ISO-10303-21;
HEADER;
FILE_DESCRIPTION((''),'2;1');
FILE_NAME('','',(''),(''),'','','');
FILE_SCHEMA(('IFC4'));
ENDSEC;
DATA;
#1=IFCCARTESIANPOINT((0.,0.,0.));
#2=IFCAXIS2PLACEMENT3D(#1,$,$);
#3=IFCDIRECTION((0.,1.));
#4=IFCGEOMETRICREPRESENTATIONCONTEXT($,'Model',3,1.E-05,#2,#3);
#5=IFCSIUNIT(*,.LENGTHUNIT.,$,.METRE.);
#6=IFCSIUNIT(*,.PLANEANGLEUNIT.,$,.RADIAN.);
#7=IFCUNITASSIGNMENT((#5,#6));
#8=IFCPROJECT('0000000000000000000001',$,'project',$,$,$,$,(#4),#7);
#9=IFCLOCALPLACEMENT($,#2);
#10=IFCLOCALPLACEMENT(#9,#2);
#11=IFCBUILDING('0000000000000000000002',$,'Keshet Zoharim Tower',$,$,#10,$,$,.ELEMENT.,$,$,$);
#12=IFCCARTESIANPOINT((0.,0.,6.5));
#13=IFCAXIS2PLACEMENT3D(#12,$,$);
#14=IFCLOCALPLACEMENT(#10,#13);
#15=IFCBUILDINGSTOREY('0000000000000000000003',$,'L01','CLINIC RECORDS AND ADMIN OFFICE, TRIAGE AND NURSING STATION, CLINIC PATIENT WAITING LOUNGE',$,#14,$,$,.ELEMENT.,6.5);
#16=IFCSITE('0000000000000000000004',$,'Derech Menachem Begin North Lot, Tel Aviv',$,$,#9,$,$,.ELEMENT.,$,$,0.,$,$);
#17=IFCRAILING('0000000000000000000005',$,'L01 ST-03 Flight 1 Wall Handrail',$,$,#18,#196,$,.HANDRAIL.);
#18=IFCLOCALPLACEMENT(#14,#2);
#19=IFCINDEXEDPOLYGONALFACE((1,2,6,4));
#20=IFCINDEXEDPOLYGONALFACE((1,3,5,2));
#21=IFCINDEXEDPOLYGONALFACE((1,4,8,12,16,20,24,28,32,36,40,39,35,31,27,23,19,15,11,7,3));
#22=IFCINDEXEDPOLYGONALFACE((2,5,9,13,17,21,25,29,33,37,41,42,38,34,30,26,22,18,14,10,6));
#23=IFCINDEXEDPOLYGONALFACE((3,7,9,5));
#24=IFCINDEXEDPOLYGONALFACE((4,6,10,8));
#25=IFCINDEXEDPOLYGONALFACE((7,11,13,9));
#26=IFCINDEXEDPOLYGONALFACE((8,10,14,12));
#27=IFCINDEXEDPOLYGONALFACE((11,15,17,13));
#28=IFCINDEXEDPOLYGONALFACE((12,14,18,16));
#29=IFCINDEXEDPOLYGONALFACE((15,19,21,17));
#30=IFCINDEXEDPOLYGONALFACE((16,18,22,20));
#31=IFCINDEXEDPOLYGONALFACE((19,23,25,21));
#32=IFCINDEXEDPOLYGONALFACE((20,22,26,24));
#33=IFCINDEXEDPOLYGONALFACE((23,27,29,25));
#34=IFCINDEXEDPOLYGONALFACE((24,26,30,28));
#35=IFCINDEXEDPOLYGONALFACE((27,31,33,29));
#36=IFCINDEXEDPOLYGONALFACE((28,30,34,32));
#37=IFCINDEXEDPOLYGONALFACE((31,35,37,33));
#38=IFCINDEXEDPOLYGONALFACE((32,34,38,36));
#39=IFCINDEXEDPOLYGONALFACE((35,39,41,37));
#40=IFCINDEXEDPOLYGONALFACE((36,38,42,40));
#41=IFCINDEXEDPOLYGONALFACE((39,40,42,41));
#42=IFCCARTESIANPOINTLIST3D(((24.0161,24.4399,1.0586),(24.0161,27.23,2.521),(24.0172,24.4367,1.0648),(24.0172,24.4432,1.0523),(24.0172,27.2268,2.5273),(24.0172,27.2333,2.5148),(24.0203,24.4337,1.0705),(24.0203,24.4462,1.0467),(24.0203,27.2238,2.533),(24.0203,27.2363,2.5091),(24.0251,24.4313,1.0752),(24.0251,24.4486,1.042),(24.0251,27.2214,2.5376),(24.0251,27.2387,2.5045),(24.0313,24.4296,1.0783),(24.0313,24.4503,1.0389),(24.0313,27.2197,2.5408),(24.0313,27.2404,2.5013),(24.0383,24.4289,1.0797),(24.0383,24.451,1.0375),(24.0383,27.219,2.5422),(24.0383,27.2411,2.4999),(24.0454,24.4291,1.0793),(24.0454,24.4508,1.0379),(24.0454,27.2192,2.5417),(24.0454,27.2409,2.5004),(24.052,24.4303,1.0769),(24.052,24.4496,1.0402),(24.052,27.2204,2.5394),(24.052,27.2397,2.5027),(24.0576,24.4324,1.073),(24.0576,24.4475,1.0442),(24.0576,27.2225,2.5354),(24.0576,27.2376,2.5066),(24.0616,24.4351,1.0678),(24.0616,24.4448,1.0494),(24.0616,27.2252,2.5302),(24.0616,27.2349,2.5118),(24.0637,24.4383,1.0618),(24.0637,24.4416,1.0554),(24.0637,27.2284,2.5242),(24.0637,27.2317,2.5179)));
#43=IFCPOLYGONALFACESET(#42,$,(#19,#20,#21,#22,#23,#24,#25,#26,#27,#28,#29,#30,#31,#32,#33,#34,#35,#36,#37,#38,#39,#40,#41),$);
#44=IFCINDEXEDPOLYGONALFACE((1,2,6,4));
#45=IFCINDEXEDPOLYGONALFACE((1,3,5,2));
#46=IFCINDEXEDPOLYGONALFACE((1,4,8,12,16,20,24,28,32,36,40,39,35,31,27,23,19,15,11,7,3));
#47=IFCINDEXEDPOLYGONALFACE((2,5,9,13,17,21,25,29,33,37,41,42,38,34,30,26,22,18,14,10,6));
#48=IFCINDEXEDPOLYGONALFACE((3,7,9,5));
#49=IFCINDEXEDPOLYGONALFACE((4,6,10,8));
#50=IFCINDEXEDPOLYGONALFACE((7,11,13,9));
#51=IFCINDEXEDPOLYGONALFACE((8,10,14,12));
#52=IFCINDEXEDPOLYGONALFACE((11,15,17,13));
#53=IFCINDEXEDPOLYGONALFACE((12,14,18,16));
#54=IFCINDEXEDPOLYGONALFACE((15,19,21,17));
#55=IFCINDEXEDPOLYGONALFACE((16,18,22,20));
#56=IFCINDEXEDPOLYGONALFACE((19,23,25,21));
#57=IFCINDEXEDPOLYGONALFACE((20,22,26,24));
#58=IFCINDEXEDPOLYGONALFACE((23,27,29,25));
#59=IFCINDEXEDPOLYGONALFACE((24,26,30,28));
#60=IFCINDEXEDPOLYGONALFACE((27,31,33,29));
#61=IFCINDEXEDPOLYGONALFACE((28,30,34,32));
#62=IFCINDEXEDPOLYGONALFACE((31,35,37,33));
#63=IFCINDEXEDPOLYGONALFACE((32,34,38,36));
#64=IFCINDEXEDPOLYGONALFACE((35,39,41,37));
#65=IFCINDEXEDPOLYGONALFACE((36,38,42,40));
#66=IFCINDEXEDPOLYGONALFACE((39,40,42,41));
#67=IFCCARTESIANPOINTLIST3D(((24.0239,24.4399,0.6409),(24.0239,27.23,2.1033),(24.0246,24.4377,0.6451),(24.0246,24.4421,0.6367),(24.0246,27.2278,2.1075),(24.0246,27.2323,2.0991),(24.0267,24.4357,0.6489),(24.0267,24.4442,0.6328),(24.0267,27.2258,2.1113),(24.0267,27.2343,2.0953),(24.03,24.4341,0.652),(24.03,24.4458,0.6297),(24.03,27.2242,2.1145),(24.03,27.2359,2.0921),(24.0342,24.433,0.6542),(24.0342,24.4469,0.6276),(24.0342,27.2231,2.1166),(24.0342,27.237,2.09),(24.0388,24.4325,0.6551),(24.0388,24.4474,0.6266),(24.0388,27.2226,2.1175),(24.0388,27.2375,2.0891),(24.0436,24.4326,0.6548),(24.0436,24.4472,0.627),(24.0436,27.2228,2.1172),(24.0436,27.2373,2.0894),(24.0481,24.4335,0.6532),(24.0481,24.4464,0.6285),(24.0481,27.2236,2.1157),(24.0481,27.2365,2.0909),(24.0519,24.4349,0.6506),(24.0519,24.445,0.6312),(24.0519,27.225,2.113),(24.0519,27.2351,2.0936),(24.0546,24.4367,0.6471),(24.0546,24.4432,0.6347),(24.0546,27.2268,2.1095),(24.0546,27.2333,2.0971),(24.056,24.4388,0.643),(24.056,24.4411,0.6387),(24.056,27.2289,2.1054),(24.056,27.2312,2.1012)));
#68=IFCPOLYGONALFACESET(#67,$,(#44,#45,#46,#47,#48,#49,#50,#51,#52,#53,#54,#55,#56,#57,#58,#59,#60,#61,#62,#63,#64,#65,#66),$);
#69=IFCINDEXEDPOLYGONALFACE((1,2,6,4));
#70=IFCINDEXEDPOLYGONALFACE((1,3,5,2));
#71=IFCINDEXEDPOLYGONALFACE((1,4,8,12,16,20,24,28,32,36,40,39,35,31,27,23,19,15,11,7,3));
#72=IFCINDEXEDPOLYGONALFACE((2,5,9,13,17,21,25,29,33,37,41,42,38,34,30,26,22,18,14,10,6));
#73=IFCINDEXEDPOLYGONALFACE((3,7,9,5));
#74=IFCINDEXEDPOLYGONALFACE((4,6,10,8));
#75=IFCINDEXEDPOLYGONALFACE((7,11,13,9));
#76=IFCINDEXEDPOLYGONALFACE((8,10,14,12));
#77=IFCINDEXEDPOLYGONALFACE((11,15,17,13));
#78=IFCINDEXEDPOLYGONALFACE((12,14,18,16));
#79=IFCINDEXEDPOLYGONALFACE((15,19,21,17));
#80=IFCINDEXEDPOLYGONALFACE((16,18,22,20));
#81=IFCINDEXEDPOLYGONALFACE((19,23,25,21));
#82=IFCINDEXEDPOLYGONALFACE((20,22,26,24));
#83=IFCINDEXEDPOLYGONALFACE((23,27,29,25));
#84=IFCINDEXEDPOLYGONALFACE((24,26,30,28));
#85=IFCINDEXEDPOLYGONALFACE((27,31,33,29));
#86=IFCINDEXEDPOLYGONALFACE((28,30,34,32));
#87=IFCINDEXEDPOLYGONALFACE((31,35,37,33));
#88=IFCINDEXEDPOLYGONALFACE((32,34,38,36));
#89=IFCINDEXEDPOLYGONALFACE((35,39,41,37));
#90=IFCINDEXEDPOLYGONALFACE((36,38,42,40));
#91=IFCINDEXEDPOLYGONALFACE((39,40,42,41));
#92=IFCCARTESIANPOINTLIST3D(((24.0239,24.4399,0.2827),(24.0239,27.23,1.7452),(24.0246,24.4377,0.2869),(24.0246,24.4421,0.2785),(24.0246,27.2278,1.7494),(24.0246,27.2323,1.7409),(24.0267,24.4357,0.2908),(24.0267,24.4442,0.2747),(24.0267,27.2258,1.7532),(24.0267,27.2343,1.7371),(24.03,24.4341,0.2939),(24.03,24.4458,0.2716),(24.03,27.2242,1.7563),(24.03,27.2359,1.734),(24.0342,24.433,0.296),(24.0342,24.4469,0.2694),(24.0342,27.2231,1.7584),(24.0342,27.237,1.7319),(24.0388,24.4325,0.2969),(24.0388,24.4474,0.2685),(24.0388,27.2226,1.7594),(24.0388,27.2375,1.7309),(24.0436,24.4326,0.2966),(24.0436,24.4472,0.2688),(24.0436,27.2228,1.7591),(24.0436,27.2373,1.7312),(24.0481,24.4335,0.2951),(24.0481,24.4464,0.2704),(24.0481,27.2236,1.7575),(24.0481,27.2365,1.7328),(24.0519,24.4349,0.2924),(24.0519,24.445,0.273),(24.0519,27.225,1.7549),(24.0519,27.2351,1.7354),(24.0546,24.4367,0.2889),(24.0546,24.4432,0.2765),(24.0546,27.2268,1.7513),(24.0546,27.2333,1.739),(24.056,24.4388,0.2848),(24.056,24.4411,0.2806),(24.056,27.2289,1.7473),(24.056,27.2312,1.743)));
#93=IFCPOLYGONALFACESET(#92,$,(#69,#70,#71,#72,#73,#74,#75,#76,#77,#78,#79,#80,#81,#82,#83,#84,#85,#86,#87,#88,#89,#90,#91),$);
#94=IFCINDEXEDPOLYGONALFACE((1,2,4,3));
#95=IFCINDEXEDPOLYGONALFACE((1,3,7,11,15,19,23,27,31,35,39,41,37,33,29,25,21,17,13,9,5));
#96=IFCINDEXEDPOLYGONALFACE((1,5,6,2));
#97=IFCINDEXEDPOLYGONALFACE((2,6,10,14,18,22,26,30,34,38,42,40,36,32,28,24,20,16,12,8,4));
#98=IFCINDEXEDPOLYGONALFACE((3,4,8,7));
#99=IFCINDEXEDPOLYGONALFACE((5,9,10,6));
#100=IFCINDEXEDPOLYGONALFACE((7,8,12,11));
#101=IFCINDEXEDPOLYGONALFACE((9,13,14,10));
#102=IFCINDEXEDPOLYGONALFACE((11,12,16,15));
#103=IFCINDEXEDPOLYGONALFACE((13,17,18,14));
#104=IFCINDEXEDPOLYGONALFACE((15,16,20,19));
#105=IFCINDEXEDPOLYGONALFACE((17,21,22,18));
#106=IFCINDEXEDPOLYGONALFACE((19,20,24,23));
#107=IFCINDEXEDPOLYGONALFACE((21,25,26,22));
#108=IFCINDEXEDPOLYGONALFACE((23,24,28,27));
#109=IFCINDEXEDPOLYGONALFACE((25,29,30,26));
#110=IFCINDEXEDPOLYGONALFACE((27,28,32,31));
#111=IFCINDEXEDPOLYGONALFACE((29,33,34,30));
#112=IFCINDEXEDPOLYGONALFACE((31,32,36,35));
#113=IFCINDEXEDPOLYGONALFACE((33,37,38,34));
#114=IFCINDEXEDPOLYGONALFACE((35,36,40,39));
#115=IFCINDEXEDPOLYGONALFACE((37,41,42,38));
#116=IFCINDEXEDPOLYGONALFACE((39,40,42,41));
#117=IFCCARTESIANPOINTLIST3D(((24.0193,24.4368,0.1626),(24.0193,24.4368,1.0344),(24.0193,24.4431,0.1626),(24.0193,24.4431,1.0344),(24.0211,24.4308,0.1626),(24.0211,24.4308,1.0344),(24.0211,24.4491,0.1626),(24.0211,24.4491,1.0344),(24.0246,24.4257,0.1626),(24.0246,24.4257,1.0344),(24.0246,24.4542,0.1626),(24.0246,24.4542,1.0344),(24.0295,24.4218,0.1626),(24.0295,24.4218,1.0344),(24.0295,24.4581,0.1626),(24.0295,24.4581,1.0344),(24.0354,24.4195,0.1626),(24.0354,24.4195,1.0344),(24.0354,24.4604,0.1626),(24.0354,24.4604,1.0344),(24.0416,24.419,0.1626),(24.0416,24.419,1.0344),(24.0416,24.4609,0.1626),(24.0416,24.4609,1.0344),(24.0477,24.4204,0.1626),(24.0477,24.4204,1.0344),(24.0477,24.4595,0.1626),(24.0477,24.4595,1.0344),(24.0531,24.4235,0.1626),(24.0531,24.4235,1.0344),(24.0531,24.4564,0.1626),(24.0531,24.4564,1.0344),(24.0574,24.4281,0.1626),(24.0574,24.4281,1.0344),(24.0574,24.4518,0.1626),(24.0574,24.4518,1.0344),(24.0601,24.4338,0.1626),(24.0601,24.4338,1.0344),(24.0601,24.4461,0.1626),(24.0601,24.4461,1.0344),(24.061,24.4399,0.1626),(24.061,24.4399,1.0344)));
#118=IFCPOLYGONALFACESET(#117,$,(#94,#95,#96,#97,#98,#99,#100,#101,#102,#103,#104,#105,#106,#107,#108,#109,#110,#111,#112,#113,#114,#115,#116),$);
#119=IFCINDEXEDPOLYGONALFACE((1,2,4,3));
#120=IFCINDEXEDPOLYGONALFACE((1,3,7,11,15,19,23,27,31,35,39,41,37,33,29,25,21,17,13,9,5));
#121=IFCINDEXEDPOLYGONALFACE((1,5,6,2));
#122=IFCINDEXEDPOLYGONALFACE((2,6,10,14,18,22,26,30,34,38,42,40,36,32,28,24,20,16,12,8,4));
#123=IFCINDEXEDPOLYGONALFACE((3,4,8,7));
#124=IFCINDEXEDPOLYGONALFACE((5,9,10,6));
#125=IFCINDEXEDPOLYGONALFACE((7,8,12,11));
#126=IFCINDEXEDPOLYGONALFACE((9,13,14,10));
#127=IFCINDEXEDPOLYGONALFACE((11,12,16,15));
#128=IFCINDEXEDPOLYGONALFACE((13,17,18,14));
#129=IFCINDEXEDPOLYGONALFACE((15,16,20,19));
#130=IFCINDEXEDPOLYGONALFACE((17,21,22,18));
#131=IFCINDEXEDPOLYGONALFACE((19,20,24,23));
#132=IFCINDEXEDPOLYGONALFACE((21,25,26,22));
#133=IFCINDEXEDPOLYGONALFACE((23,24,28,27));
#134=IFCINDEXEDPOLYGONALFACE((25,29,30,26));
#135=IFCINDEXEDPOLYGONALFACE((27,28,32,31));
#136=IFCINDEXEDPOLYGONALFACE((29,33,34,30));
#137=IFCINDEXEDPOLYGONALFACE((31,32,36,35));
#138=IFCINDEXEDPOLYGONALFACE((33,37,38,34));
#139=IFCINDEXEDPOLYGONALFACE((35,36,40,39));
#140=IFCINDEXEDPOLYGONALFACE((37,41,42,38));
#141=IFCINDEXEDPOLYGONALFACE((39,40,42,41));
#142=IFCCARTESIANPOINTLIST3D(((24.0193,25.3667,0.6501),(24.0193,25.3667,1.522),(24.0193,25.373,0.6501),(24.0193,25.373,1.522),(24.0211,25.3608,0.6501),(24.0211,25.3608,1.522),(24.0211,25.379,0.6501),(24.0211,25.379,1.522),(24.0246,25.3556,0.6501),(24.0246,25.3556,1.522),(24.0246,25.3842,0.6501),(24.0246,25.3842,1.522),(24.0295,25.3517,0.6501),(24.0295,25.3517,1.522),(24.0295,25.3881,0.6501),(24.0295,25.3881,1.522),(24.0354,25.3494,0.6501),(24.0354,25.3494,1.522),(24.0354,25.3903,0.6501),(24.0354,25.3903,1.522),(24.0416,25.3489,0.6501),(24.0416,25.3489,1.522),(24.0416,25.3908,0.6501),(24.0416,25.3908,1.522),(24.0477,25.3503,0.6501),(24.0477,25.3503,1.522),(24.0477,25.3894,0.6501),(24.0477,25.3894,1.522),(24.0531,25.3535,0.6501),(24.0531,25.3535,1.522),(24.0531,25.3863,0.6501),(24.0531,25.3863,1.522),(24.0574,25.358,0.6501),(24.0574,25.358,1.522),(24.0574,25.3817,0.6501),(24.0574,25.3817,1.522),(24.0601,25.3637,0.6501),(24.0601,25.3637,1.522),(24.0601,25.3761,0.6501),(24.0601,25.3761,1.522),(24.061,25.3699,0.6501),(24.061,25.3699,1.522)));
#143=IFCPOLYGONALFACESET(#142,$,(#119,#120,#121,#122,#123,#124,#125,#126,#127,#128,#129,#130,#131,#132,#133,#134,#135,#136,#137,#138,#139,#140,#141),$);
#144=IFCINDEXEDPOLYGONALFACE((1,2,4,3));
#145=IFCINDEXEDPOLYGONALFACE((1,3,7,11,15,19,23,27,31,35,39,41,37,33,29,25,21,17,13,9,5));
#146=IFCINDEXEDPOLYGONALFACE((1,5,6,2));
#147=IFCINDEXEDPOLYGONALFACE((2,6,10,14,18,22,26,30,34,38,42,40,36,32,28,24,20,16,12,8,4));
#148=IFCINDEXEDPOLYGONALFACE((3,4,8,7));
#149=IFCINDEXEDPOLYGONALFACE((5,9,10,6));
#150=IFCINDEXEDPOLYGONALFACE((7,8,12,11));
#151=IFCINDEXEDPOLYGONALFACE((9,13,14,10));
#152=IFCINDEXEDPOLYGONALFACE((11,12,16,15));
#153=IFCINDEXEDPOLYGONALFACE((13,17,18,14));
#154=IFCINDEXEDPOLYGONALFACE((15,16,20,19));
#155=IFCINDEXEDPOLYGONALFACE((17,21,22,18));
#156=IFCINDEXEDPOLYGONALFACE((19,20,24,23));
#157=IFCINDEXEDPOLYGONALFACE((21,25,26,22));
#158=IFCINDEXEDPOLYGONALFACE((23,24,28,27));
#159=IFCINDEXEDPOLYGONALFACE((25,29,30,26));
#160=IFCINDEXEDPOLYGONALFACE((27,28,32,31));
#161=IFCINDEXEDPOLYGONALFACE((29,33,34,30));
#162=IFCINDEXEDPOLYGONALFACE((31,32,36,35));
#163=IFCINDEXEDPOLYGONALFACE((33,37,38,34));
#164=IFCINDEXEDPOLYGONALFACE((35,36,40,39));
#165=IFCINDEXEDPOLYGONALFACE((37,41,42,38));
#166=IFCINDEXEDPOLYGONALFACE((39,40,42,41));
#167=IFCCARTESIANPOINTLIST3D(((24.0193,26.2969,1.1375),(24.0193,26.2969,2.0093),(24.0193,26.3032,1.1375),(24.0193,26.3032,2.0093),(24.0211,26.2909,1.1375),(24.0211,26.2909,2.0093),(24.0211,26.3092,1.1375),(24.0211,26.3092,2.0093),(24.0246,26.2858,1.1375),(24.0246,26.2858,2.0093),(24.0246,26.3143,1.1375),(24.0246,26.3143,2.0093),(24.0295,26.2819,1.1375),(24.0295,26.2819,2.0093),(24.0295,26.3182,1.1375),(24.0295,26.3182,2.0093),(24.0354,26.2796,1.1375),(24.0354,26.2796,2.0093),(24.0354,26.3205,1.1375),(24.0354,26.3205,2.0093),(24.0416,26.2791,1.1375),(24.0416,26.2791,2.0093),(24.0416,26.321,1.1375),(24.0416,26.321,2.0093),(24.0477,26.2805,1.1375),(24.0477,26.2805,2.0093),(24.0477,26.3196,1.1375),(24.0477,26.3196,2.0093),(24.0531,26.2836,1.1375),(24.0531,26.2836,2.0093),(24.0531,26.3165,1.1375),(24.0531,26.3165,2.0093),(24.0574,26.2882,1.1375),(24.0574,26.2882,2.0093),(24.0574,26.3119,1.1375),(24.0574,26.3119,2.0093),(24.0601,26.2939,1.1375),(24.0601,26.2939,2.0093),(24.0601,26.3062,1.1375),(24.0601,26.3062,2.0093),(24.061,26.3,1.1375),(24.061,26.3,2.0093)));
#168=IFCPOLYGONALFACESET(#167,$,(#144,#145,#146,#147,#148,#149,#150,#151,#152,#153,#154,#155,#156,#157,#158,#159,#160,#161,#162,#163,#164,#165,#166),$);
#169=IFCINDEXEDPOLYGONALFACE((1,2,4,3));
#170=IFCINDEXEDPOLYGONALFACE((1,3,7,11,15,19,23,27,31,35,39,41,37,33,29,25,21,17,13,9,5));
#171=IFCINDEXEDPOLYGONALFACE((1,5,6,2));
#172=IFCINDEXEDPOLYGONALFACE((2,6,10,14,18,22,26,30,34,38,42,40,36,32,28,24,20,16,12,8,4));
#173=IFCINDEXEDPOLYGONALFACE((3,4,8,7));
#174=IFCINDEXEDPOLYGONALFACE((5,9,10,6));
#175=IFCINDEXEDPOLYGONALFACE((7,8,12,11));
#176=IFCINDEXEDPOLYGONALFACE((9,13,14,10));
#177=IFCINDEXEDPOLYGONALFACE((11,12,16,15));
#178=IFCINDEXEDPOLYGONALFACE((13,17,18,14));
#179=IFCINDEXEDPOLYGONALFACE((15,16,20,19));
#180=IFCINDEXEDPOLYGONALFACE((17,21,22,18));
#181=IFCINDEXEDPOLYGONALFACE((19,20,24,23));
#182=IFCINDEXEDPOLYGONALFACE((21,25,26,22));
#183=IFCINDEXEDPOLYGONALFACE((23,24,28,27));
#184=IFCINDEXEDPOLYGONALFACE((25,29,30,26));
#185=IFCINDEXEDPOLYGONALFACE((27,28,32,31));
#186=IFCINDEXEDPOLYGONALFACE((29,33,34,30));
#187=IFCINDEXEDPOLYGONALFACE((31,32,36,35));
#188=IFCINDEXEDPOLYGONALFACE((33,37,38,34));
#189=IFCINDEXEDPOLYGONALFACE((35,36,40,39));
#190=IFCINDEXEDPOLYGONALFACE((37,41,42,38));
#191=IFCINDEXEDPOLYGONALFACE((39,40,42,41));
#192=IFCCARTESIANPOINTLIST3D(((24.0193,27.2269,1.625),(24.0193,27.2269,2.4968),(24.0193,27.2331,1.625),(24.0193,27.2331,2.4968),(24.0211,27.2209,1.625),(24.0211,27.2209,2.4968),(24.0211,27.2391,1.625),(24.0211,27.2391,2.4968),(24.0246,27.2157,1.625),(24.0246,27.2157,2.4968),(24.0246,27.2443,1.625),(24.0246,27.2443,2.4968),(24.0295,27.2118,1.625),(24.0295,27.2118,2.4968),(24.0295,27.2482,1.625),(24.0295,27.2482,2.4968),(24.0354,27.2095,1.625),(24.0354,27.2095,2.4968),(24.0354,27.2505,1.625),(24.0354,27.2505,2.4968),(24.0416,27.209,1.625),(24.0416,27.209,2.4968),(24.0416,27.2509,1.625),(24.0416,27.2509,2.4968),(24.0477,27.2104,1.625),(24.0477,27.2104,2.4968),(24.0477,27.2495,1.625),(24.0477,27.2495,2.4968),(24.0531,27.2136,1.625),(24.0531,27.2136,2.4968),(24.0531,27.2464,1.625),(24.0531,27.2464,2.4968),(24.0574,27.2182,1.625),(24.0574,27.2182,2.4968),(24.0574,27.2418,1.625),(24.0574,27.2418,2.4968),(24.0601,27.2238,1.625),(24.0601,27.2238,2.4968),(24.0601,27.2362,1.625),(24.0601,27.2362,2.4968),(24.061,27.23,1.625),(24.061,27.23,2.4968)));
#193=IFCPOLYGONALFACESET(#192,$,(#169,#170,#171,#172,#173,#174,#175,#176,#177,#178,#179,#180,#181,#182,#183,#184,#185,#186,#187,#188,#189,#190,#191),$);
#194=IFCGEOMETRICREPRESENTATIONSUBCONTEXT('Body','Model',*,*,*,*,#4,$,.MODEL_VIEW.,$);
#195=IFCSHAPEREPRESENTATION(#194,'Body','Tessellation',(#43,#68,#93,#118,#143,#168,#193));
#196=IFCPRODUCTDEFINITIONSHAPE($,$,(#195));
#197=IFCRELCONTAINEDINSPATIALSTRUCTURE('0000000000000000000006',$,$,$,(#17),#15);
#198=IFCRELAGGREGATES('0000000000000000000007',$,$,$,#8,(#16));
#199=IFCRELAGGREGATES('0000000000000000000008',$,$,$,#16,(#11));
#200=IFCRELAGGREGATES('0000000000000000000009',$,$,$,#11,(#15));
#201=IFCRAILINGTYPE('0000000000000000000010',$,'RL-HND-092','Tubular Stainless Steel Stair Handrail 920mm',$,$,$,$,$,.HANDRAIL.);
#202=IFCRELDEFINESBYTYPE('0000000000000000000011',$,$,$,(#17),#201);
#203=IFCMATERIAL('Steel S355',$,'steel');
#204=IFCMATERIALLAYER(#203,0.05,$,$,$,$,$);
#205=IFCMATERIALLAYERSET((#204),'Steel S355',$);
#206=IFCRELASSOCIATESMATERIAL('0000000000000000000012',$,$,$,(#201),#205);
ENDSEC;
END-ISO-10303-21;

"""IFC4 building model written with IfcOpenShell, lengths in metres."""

from ifc_helpers import new_model, si_unit, direction, frame, origin, origin_2d, place, context, subcontext, project, spatial, circle, extrude, material, layer, layer_set, type_object, element, save


model = new_model("IFC4")

# Units and contexts
model_context = context("Model", 3, precision=1e-05, world=origin(), true_north=direction((0.0, 1.0)))
body_context = subcontext(model_context, "Body", "Model", "MODEL_VIEW")
ifc_project = project(units=[si_unit("LENGTHUNIT", "METRE"), si_unit("PLANEANGLEUNIT", "RADIAN")], contexts=[model_context])

# Site, building, storey
site_placement = place(None, origin())
site = spatial("IfcSite", under=ifc_project, at=site_placement, Name="Derech Menachem Begin North Lot, Tel Aviv", CompositionType="ELEMENT", RefElevation=0.0)
building_placement = place(site_placement, origin())
building = spatial("IfcBuilding", under=site, at=building_placement, Name="Keshet Zoharim Tower", CompositionType="ELEMENT")
storey_placement = place(building_placement, frame((0.0, 0.0, 6.5)))
storey = spatial("IfcBuildingStorey", under=building, at=storey_placement, Name="L01", Description="CLINIC RECORDS AND ADMIN OFFICE, TRIAGE AND NURSING STATION, CLINIC PATIENT WAITING LOUNGE", CompositionType="ELEMENT", Elevation=6.5)

# Railing
ifc_material_1 = material(Name="Steel S355", Category="steel")
ifc_layer_1 = layer(ifc_material_1, 0.05)
ifc_layer_set_1 = layer_set([ifc_layer_1], Name="Steel S355")
railing_type_1 = type_object("IfcRailingType", Name="RL-HND-092", Description="Tubular Stainless Steel Stair Handrail 920mm", PredefinedType="HANDRAIL", material=ifc_layer_set_1)
railing_1_placement = place(storey_placement, frame((24.04, 24.4399, 0.1626)))
element("IfcRailing", 1, at=railing_1_placement, inside=storey, type_object=railing_type_1, Name="L01 ST-03 Flight 1 Wall Handrail", PredefinedType="HANDRAIL", context=body_context, shape_type="SweptSolid", body=[
    extrude(circle(Radius=0.0239, at=origin_2d()), frame((0.0, 0.0, 0.896), z_axis=(0.0, 0.885707, 0.464244), x_axis=(-1.0, 0.0, 0.0)), (0.0, 0.0, 1.0), 3.1501),
    extrude(circle(Radius=0.0161, at=origin_2d()), frame((0.0, 0.0, 0.4783), z_axis=(0.0, 0.885707, 0.464244), x_axis=(-1.0, 0.0, 0.0)), (0.0, 0.0, 1.0), 3.1501),
    extrude(circle(Radius=0.0161, at=origin_2d()), frame((0.0, 0.0, 0.1201), z_axis=(0.0, 0.885707, 0.464244), x_axis=(-1.0, 0.0, 0.0)), (0.0, 0.0, 1.0), 3.1501),
    extrude(circle(Radius=0.021, at=origin_2d()), origin(), (0.0, 0.0, 1.0), 0.8718),
    extrude(circle(Radius=0.021, at=origin_2d()), frame((0.0, 0.9299, 0.4875)), (0.0, 0.0, 1.0), 0.8718),
    extrude(circle(Radius=0.021, at=origin_2d()), frame((0.0, 1.8601, 0.9749)), (0.0, 0.0, 1.0), 0.8718),
    extrude(circle(Radius=0.021, at=origin_2d()), frame((0.0, 2.79, 1.4624)), (0.0, 0.0, 1.0), 0.8718),
])

save(model, "model.ifc")
